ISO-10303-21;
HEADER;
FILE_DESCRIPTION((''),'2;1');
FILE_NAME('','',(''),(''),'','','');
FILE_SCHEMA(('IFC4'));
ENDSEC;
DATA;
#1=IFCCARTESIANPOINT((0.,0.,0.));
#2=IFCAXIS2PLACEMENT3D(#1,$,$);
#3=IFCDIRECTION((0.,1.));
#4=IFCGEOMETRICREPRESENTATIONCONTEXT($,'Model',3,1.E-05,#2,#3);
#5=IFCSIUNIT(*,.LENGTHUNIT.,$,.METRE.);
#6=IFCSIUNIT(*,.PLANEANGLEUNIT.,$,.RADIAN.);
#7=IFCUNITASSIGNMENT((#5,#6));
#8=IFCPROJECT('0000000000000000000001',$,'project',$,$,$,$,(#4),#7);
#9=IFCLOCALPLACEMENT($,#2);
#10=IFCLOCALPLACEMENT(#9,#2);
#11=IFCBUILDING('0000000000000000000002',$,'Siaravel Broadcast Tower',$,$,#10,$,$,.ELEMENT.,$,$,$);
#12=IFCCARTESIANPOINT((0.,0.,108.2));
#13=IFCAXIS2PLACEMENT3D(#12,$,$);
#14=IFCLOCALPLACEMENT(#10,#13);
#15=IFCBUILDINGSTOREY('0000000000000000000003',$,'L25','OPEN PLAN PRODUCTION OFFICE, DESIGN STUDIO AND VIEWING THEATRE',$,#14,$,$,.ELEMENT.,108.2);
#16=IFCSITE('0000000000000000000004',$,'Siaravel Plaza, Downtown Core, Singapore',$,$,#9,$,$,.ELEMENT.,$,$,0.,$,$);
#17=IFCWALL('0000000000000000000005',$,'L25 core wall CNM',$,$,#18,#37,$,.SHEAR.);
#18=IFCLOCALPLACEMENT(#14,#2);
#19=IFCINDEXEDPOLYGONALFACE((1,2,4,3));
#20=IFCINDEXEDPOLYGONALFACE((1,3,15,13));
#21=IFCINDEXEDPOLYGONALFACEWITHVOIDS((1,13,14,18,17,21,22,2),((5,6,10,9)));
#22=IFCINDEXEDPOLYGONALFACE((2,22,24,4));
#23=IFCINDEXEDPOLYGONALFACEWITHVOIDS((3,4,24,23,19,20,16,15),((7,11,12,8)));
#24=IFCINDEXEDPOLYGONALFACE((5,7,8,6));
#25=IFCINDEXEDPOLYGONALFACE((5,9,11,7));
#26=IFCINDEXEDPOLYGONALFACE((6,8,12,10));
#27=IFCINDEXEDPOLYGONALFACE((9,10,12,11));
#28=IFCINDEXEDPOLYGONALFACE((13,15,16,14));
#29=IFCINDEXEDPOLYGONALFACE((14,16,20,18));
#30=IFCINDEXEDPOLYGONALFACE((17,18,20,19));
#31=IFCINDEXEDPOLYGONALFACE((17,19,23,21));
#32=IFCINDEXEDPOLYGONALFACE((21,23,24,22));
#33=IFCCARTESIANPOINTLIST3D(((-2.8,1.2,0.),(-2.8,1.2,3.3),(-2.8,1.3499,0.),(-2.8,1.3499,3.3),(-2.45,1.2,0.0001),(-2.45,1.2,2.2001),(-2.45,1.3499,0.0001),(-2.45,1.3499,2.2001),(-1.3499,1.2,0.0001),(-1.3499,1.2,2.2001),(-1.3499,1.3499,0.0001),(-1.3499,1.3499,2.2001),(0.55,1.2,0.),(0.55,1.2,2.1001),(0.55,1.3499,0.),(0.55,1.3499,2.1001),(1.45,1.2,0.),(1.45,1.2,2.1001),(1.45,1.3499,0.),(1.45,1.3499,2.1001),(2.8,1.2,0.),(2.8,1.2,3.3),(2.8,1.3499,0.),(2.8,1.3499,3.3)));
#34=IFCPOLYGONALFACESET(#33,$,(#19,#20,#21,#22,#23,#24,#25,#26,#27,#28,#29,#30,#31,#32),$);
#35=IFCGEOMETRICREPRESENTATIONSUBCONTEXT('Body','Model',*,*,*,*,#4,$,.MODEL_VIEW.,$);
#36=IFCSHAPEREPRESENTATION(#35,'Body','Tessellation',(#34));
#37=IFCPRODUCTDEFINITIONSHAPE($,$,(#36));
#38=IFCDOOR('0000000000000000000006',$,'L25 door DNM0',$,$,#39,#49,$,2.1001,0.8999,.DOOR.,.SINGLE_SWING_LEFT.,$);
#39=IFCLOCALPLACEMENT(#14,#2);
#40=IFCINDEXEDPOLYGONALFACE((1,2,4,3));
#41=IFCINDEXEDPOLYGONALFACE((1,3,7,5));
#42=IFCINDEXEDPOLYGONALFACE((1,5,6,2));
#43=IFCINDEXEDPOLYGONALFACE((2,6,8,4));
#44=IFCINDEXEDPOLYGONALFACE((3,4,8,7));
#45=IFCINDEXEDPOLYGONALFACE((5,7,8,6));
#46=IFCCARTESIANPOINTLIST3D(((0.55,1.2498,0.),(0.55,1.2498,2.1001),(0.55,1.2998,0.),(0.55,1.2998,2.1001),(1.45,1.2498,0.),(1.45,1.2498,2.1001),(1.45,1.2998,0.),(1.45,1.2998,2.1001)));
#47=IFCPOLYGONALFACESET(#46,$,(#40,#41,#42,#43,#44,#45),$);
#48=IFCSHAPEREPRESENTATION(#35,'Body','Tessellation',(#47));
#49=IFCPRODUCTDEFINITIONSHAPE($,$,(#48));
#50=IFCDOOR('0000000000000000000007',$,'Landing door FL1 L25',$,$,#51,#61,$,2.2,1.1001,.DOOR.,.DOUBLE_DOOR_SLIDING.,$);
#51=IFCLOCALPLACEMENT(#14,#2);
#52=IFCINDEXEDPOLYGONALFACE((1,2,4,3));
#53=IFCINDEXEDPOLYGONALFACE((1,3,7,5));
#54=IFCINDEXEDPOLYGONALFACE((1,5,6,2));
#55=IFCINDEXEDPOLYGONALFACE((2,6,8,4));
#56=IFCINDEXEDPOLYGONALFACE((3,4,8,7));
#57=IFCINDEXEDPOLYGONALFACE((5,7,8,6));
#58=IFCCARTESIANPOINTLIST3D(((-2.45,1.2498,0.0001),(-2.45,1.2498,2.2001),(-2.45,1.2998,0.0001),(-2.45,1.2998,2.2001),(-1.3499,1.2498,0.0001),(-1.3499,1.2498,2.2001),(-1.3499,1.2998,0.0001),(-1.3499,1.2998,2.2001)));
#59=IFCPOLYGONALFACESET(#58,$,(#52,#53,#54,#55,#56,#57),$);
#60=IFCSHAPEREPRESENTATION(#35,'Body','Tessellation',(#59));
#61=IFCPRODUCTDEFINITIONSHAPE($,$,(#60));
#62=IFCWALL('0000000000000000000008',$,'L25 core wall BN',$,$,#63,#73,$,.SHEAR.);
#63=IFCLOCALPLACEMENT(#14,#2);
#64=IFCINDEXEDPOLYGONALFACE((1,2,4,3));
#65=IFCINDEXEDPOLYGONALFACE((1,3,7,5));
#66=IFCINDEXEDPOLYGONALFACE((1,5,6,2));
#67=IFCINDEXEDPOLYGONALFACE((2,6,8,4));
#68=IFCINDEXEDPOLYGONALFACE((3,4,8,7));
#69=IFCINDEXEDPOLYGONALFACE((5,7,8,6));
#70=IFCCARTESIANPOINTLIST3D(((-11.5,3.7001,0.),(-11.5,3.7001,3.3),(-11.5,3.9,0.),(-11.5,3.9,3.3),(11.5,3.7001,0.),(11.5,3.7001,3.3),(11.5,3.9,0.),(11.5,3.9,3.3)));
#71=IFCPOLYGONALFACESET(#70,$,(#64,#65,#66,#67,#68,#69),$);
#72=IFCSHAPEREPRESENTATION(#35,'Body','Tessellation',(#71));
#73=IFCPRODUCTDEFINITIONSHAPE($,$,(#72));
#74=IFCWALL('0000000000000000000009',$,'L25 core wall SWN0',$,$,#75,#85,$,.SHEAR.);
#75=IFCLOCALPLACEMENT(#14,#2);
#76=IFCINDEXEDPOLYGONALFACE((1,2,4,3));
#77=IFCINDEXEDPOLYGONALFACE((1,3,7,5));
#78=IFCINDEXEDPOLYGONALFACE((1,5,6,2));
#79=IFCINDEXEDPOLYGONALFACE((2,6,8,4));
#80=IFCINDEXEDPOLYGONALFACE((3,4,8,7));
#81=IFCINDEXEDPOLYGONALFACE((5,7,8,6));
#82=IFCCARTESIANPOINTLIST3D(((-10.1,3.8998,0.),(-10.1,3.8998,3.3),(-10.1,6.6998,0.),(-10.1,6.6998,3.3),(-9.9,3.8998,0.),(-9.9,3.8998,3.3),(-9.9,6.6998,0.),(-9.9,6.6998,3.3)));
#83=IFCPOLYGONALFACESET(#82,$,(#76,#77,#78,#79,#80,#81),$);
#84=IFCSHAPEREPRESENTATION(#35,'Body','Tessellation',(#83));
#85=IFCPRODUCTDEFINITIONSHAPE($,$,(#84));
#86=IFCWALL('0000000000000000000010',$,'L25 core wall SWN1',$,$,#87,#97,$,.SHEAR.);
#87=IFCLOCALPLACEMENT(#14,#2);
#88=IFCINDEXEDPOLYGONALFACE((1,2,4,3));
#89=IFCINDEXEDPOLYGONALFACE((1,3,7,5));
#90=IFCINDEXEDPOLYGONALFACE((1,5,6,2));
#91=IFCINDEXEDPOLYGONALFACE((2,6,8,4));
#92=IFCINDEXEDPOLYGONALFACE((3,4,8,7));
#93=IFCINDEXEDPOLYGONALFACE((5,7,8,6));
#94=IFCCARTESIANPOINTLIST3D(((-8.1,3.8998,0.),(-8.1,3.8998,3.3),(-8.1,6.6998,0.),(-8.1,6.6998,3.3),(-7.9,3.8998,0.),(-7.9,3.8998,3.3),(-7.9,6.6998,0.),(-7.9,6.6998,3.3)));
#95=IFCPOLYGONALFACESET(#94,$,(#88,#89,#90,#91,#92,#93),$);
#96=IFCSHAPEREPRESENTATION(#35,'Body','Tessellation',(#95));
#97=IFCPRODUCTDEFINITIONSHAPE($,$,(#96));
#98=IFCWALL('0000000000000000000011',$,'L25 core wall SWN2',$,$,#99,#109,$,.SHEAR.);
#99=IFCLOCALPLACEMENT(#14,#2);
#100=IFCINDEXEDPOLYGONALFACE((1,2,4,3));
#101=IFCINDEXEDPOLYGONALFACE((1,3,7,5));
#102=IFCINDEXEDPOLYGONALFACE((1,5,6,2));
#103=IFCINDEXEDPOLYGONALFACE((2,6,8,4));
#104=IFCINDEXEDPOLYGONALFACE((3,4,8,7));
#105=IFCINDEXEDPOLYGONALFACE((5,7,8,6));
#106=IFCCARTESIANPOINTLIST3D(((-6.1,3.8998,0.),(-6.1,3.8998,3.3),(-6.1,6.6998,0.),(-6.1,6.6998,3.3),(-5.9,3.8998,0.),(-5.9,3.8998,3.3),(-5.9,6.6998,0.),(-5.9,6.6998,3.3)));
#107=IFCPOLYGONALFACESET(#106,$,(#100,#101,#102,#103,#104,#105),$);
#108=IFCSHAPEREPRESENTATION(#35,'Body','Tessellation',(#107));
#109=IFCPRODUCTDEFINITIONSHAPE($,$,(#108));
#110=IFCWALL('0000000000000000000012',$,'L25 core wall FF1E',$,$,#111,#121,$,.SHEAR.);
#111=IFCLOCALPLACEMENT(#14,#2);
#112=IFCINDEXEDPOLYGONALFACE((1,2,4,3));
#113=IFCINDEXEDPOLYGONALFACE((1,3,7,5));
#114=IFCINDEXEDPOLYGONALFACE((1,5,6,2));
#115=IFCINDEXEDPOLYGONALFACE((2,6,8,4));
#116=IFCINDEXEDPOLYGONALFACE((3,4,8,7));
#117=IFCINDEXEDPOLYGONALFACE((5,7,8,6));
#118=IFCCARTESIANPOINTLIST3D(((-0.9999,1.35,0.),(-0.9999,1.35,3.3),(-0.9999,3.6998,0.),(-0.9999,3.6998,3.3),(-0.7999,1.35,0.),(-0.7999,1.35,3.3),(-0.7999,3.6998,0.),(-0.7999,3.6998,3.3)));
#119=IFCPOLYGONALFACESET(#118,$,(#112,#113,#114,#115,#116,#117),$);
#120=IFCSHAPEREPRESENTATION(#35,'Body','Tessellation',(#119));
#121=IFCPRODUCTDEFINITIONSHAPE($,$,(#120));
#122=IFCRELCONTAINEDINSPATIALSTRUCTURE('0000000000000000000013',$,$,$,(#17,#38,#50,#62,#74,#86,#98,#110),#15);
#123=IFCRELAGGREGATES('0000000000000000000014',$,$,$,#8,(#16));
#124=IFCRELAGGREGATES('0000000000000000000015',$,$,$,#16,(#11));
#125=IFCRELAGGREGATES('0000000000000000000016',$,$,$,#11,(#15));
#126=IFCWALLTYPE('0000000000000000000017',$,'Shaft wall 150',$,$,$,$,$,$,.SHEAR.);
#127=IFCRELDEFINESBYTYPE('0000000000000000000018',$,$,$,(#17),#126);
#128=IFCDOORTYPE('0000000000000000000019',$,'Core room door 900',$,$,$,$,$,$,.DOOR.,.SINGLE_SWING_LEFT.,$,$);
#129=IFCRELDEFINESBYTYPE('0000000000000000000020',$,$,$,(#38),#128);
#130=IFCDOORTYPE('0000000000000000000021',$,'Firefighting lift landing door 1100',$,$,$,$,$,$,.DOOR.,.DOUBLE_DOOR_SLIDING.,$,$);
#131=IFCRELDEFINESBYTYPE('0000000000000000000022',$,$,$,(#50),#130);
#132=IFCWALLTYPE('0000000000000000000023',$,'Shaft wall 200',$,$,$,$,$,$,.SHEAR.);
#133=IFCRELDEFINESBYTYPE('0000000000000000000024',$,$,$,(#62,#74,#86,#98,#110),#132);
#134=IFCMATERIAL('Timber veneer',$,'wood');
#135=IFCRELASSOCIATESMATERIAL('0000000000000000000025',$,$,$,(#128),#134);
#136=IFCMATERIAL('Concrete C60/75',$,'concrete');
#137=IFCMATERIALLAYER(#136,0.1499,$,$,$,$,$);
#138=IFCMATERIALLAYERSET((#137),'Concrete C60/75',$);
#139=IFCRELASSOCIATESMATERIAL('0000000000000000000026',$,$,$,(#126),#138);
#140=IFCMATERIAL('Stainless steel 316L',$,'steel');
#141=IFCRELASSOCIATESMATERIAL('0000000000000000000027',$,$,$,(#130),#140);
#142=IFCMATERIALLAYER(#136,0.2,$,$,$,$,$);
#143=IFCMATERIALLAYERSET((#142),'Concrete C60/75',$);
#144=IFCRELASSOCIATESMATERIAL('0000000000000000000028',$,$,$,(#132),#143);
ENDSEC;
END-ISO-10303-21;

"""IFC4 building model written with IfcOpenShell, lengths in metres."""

from ifc_helpers import new_model, si_unit, direction, frame, frame_2d, origin, place, context, subcontext, project, spatial, rectangle, extrude, material, layer, layer_set, type_object, element, fill, save


model = new_model("IFC4")

# Units and contexts
model_context = context("Model", 3, precision=1e-05, world=origin(), true_north=direction((0.0, 1.0)))
body_context = subcontext(model_context, "Body", "Model", "MODEL_VIEW")
ifc_project = project(units=[si_unit("LENGTHUNIT", "METRE"), si_unit("PLANEANGLEUNIT", "RADIAN")], contexts=[model_context])

# Site, building, storey
site_placement = place(None, origin())
site = spatial("IfcSite", under=ifc_project, at=site_placement, Name="Siaravel Plaza, Downtown Core, Singapore", CompositionType="ELEMENT", RefElevation=0.0)
building_placement = place(site_placement, origin())
building = spatial("IfcBuilding", under=site, at=building_placement, Name="Siaravel Broadcast Tower", CompositionType="ELEMENT")
storey_placement = place(building_placement, frame((0.0, 0.0, 108.2)))
storey = spatial("IfcBuildingStorey", under=building, at=storey_placement, Name="L25", Description="OPEN PLAN PRODUCTION OFFICE, DESIGN STUDIO AND VIEWING THEATRE", CompositionType="ELEMENT", Elevation=108.2)

# Shared definitions
ifc_material_1 = material(Name="Timber veneer", Category="wood")
door_type_1 = type_object("IfcDoorType", Name="Core room door 900", OperationType="SINGLE_SWING_LEFT", PredefinedType="DOOR", material=ifc_material_1)

# Wall, openings, doors
ifc_material_2 = material(Name="Concrete C60/75", Category="concrete")
ifc_layer_1 = layer(ifc_material_2, 0.1499)
ifc_layer_set_1 = layer_set([ifc_layer_1], Name="Concrete C60/75")
wall_type_1 = type_object("IfcWallType", Name="Shaft wall 150", PredefinedType="SHEAR", material=ifc_layer_set_1)
wall_1_placement = place(storey_placement, frame((-2.8, 1.2749, 0.0), z_axis=(0.0, 0.0, 1.0), x_axis=(1.0, 0.0, 0.0)))
wall_1 = element("IfcWall", 1, at=wall_1_placement, inside=storey, type_object=wall_type_1, Name="L25 core wall CNM", PredefinedType="SHEAR", context=body_context, shape_type="SweptSolid", body=[
    extrude(rectangle(XDim=5.6001, YDim=0.1499, at=frame_2d((2.8, 0.0))), origin(), (0.0, 0.0, 1.0), 3.3),
])
opening_1_placement = place(wall_1_placement, frame((0.3501, 0.0, 0.0)))
opening_1 = element("IfcOpeningElement", 2, at=opening_1_placement, cuts=wall_1, PredefinedType="OPENING", context=body_context, shape_type="SweptSolid", body=[
    extrude(rectangle(XDim=1.1001, YDim=2.2, at=frame_2d((0.55, 1.1001))), frame((0.0, 0.085, 0.0), z_axis=(0.0, -1.0, 0.0), x_axis=(1.0, 0.0, 0.0)), (0.0, 0.0, 1.0), 0.1699),
])
opening_2_placement = place(wall_1_placement, frame((3.3501, 0.0, 0.0)))
opening_2 = element("IfcOpeningElement", 3, at=opening_2_placement, cuts=wall_1, PredefinedType="OPENING", context=body_context, shape_type="SweptSolid", body=[
    extrude(rectangle(XDim=0.8999, YDim=2.1001, at=frame_2d((0.45, 1.05))), frame((0.0, 0.085, 0.0), z_axis=(0.0, -1.0, 0.0), x_axis=(1.0, 0.0, 0.0)), (0.0, 0.0, 1.0), 0.1699),
])
door_1_placement = place(opening_2_placement, origin())
door_1 = element("IfcDoor", 4, at=door_1_placement, inside=storey, type_object=door_type_1, Name="L25 door DNM0", OperationType="SINGLE_SWING_LEFT", OverallHeight=2.1001, OverallWidth=0.8999, PredefinedType="DOOR", context=body_context, shape_type="SweptSolid", body=[
    extrude(rectangle(XDim=0.8999, YDim=2.1001, at=frame_2d((0.45, 1.05))), frame((0.0, 0.0249, 0.0), z_axis=(0.0, -1.0, 0.0), x_axis=(1.0, 0.0, 0.0)), (0.0, 0.0, 1.0), 0.05),
])
fill(opening_2, door_1)
ifc_material_3 = material(Name="Stainless steel 316L", Category="steel")
door_type_2 = type_object("IfcDoorType", Name="Firefighting lift landing door 1100", OperationType="DOUBLE_DOOR_SLIDING", PredefinedType="DOOR", material=ifc_material_3)
door_2_placement = place(opening_1_placement, origin())
door_2 = element("IfcDoor", 5, at=door_2_placement, inside=storey, type_object=door_type_2, Name="Landing door FL1 L25", OperationType="DOUBLE_DOOR_SLIDING", OverallHeight=2.2, OverallWidth=1.1001, PredefinedType="DOOR", context=body_context, shape_type="SweptSolid", body=[
    extrude(rectangle(XDim=1.1001, YDim=2.2, at=frame_2d((0.55, 1.1001))), frame((0.0, 0.0249, 0.0), z_axis=(0.0, -1.0, 0.0), x_axis=(1.0, 0.0, 0.0)), (0.0, 0.0, 1.0), 0.05),
])
fill(opening_1, door_2)

# Walls
ifc_layer_2 = layer(ifc_material_2, 0.2)
ifc_layer_set_2 = layer_set([ifc_layer_2], Name="Concrete C60/75")
wall_type_2 = type_object("IfcWallType", Name="Shaft wall 200", PredefinedType="SHEAR", material=ifc_layer_set_2)
wall_2_placement = place(storey_placement, frame((-11.5, 3.8, 0.0), z_axis=(0.0, 0.0, 1.0), x_axis=(1.0, 0.0, 0.0)))
element("IfcWall", 6, at=wall_2_placement, inside=storey, type_object=wall_type_2, Name="L25 core wall BN", PredefinedType="SHEAR", context=body_context, shape_type="SweptSolid", body=[
    extrude(rectangle(XDim=23.0, YDim=0.2, at=frame_2d((11.5, 0.0))), origin(), (0.0, 0.0, 1.0), 3.3),
])
for number, where, z_axis, x_axis, name in (
    (7, (-10.0, 3.8999, 0.0), (0.0, 0.0, 1.0), (0.0, 1.0, 0.0), "L25 core wall SWN0"),
    (8, (-8.0, 3.8999, 0.0), (0.0, 0.0, 1.0), (0.0, 1.0, 0.0), "L25 core wall SWN1"),
    (9, (-6.0, 3.8999, 0.0), (0.0, 0.0, 1.0), (0.0, 1.0, 0.0), "L25 core wall SWN2"),
):
    element("IfcWall", number, at=place(storey_placement, frame(where, z_axis=z_axis, x_axis=x_axis)), inside=storey, type_object=wall_type_2, Name=name, PredefinedType="SHEAR", context=body_context, shape_type="SweptSolid", body=[
        extrude(rectangle(XDim=2.8, YDim=0.2, at=frame_2d((1.3999, 0.0))), origin(), (0.0, 0.0, 1.0), 3.3),
    ])
wall_3_placement = place(storey_placement, frame((-0.8999, 1.3501, 0.0), z_axis=(0.0, 0.0, 1.0), x_axis=(0.0, 1.0, 0.0)))
element("IfcWall", 10, at=wall_3_placement, inside=storey, type_object=wall_type_2, Name="L25 core wall FF1E", PredefinedType="SHEAR", context=body_context, shape_type="SweptSolid", body=[
    extrude(rectangle(XDim=2.3499, YDim=0.2, at=frame_2d((1.1748, 0.0))), origin(), (0.0, 0.0, 1.0), 3.3),
])

save(model, "model.ifc")
